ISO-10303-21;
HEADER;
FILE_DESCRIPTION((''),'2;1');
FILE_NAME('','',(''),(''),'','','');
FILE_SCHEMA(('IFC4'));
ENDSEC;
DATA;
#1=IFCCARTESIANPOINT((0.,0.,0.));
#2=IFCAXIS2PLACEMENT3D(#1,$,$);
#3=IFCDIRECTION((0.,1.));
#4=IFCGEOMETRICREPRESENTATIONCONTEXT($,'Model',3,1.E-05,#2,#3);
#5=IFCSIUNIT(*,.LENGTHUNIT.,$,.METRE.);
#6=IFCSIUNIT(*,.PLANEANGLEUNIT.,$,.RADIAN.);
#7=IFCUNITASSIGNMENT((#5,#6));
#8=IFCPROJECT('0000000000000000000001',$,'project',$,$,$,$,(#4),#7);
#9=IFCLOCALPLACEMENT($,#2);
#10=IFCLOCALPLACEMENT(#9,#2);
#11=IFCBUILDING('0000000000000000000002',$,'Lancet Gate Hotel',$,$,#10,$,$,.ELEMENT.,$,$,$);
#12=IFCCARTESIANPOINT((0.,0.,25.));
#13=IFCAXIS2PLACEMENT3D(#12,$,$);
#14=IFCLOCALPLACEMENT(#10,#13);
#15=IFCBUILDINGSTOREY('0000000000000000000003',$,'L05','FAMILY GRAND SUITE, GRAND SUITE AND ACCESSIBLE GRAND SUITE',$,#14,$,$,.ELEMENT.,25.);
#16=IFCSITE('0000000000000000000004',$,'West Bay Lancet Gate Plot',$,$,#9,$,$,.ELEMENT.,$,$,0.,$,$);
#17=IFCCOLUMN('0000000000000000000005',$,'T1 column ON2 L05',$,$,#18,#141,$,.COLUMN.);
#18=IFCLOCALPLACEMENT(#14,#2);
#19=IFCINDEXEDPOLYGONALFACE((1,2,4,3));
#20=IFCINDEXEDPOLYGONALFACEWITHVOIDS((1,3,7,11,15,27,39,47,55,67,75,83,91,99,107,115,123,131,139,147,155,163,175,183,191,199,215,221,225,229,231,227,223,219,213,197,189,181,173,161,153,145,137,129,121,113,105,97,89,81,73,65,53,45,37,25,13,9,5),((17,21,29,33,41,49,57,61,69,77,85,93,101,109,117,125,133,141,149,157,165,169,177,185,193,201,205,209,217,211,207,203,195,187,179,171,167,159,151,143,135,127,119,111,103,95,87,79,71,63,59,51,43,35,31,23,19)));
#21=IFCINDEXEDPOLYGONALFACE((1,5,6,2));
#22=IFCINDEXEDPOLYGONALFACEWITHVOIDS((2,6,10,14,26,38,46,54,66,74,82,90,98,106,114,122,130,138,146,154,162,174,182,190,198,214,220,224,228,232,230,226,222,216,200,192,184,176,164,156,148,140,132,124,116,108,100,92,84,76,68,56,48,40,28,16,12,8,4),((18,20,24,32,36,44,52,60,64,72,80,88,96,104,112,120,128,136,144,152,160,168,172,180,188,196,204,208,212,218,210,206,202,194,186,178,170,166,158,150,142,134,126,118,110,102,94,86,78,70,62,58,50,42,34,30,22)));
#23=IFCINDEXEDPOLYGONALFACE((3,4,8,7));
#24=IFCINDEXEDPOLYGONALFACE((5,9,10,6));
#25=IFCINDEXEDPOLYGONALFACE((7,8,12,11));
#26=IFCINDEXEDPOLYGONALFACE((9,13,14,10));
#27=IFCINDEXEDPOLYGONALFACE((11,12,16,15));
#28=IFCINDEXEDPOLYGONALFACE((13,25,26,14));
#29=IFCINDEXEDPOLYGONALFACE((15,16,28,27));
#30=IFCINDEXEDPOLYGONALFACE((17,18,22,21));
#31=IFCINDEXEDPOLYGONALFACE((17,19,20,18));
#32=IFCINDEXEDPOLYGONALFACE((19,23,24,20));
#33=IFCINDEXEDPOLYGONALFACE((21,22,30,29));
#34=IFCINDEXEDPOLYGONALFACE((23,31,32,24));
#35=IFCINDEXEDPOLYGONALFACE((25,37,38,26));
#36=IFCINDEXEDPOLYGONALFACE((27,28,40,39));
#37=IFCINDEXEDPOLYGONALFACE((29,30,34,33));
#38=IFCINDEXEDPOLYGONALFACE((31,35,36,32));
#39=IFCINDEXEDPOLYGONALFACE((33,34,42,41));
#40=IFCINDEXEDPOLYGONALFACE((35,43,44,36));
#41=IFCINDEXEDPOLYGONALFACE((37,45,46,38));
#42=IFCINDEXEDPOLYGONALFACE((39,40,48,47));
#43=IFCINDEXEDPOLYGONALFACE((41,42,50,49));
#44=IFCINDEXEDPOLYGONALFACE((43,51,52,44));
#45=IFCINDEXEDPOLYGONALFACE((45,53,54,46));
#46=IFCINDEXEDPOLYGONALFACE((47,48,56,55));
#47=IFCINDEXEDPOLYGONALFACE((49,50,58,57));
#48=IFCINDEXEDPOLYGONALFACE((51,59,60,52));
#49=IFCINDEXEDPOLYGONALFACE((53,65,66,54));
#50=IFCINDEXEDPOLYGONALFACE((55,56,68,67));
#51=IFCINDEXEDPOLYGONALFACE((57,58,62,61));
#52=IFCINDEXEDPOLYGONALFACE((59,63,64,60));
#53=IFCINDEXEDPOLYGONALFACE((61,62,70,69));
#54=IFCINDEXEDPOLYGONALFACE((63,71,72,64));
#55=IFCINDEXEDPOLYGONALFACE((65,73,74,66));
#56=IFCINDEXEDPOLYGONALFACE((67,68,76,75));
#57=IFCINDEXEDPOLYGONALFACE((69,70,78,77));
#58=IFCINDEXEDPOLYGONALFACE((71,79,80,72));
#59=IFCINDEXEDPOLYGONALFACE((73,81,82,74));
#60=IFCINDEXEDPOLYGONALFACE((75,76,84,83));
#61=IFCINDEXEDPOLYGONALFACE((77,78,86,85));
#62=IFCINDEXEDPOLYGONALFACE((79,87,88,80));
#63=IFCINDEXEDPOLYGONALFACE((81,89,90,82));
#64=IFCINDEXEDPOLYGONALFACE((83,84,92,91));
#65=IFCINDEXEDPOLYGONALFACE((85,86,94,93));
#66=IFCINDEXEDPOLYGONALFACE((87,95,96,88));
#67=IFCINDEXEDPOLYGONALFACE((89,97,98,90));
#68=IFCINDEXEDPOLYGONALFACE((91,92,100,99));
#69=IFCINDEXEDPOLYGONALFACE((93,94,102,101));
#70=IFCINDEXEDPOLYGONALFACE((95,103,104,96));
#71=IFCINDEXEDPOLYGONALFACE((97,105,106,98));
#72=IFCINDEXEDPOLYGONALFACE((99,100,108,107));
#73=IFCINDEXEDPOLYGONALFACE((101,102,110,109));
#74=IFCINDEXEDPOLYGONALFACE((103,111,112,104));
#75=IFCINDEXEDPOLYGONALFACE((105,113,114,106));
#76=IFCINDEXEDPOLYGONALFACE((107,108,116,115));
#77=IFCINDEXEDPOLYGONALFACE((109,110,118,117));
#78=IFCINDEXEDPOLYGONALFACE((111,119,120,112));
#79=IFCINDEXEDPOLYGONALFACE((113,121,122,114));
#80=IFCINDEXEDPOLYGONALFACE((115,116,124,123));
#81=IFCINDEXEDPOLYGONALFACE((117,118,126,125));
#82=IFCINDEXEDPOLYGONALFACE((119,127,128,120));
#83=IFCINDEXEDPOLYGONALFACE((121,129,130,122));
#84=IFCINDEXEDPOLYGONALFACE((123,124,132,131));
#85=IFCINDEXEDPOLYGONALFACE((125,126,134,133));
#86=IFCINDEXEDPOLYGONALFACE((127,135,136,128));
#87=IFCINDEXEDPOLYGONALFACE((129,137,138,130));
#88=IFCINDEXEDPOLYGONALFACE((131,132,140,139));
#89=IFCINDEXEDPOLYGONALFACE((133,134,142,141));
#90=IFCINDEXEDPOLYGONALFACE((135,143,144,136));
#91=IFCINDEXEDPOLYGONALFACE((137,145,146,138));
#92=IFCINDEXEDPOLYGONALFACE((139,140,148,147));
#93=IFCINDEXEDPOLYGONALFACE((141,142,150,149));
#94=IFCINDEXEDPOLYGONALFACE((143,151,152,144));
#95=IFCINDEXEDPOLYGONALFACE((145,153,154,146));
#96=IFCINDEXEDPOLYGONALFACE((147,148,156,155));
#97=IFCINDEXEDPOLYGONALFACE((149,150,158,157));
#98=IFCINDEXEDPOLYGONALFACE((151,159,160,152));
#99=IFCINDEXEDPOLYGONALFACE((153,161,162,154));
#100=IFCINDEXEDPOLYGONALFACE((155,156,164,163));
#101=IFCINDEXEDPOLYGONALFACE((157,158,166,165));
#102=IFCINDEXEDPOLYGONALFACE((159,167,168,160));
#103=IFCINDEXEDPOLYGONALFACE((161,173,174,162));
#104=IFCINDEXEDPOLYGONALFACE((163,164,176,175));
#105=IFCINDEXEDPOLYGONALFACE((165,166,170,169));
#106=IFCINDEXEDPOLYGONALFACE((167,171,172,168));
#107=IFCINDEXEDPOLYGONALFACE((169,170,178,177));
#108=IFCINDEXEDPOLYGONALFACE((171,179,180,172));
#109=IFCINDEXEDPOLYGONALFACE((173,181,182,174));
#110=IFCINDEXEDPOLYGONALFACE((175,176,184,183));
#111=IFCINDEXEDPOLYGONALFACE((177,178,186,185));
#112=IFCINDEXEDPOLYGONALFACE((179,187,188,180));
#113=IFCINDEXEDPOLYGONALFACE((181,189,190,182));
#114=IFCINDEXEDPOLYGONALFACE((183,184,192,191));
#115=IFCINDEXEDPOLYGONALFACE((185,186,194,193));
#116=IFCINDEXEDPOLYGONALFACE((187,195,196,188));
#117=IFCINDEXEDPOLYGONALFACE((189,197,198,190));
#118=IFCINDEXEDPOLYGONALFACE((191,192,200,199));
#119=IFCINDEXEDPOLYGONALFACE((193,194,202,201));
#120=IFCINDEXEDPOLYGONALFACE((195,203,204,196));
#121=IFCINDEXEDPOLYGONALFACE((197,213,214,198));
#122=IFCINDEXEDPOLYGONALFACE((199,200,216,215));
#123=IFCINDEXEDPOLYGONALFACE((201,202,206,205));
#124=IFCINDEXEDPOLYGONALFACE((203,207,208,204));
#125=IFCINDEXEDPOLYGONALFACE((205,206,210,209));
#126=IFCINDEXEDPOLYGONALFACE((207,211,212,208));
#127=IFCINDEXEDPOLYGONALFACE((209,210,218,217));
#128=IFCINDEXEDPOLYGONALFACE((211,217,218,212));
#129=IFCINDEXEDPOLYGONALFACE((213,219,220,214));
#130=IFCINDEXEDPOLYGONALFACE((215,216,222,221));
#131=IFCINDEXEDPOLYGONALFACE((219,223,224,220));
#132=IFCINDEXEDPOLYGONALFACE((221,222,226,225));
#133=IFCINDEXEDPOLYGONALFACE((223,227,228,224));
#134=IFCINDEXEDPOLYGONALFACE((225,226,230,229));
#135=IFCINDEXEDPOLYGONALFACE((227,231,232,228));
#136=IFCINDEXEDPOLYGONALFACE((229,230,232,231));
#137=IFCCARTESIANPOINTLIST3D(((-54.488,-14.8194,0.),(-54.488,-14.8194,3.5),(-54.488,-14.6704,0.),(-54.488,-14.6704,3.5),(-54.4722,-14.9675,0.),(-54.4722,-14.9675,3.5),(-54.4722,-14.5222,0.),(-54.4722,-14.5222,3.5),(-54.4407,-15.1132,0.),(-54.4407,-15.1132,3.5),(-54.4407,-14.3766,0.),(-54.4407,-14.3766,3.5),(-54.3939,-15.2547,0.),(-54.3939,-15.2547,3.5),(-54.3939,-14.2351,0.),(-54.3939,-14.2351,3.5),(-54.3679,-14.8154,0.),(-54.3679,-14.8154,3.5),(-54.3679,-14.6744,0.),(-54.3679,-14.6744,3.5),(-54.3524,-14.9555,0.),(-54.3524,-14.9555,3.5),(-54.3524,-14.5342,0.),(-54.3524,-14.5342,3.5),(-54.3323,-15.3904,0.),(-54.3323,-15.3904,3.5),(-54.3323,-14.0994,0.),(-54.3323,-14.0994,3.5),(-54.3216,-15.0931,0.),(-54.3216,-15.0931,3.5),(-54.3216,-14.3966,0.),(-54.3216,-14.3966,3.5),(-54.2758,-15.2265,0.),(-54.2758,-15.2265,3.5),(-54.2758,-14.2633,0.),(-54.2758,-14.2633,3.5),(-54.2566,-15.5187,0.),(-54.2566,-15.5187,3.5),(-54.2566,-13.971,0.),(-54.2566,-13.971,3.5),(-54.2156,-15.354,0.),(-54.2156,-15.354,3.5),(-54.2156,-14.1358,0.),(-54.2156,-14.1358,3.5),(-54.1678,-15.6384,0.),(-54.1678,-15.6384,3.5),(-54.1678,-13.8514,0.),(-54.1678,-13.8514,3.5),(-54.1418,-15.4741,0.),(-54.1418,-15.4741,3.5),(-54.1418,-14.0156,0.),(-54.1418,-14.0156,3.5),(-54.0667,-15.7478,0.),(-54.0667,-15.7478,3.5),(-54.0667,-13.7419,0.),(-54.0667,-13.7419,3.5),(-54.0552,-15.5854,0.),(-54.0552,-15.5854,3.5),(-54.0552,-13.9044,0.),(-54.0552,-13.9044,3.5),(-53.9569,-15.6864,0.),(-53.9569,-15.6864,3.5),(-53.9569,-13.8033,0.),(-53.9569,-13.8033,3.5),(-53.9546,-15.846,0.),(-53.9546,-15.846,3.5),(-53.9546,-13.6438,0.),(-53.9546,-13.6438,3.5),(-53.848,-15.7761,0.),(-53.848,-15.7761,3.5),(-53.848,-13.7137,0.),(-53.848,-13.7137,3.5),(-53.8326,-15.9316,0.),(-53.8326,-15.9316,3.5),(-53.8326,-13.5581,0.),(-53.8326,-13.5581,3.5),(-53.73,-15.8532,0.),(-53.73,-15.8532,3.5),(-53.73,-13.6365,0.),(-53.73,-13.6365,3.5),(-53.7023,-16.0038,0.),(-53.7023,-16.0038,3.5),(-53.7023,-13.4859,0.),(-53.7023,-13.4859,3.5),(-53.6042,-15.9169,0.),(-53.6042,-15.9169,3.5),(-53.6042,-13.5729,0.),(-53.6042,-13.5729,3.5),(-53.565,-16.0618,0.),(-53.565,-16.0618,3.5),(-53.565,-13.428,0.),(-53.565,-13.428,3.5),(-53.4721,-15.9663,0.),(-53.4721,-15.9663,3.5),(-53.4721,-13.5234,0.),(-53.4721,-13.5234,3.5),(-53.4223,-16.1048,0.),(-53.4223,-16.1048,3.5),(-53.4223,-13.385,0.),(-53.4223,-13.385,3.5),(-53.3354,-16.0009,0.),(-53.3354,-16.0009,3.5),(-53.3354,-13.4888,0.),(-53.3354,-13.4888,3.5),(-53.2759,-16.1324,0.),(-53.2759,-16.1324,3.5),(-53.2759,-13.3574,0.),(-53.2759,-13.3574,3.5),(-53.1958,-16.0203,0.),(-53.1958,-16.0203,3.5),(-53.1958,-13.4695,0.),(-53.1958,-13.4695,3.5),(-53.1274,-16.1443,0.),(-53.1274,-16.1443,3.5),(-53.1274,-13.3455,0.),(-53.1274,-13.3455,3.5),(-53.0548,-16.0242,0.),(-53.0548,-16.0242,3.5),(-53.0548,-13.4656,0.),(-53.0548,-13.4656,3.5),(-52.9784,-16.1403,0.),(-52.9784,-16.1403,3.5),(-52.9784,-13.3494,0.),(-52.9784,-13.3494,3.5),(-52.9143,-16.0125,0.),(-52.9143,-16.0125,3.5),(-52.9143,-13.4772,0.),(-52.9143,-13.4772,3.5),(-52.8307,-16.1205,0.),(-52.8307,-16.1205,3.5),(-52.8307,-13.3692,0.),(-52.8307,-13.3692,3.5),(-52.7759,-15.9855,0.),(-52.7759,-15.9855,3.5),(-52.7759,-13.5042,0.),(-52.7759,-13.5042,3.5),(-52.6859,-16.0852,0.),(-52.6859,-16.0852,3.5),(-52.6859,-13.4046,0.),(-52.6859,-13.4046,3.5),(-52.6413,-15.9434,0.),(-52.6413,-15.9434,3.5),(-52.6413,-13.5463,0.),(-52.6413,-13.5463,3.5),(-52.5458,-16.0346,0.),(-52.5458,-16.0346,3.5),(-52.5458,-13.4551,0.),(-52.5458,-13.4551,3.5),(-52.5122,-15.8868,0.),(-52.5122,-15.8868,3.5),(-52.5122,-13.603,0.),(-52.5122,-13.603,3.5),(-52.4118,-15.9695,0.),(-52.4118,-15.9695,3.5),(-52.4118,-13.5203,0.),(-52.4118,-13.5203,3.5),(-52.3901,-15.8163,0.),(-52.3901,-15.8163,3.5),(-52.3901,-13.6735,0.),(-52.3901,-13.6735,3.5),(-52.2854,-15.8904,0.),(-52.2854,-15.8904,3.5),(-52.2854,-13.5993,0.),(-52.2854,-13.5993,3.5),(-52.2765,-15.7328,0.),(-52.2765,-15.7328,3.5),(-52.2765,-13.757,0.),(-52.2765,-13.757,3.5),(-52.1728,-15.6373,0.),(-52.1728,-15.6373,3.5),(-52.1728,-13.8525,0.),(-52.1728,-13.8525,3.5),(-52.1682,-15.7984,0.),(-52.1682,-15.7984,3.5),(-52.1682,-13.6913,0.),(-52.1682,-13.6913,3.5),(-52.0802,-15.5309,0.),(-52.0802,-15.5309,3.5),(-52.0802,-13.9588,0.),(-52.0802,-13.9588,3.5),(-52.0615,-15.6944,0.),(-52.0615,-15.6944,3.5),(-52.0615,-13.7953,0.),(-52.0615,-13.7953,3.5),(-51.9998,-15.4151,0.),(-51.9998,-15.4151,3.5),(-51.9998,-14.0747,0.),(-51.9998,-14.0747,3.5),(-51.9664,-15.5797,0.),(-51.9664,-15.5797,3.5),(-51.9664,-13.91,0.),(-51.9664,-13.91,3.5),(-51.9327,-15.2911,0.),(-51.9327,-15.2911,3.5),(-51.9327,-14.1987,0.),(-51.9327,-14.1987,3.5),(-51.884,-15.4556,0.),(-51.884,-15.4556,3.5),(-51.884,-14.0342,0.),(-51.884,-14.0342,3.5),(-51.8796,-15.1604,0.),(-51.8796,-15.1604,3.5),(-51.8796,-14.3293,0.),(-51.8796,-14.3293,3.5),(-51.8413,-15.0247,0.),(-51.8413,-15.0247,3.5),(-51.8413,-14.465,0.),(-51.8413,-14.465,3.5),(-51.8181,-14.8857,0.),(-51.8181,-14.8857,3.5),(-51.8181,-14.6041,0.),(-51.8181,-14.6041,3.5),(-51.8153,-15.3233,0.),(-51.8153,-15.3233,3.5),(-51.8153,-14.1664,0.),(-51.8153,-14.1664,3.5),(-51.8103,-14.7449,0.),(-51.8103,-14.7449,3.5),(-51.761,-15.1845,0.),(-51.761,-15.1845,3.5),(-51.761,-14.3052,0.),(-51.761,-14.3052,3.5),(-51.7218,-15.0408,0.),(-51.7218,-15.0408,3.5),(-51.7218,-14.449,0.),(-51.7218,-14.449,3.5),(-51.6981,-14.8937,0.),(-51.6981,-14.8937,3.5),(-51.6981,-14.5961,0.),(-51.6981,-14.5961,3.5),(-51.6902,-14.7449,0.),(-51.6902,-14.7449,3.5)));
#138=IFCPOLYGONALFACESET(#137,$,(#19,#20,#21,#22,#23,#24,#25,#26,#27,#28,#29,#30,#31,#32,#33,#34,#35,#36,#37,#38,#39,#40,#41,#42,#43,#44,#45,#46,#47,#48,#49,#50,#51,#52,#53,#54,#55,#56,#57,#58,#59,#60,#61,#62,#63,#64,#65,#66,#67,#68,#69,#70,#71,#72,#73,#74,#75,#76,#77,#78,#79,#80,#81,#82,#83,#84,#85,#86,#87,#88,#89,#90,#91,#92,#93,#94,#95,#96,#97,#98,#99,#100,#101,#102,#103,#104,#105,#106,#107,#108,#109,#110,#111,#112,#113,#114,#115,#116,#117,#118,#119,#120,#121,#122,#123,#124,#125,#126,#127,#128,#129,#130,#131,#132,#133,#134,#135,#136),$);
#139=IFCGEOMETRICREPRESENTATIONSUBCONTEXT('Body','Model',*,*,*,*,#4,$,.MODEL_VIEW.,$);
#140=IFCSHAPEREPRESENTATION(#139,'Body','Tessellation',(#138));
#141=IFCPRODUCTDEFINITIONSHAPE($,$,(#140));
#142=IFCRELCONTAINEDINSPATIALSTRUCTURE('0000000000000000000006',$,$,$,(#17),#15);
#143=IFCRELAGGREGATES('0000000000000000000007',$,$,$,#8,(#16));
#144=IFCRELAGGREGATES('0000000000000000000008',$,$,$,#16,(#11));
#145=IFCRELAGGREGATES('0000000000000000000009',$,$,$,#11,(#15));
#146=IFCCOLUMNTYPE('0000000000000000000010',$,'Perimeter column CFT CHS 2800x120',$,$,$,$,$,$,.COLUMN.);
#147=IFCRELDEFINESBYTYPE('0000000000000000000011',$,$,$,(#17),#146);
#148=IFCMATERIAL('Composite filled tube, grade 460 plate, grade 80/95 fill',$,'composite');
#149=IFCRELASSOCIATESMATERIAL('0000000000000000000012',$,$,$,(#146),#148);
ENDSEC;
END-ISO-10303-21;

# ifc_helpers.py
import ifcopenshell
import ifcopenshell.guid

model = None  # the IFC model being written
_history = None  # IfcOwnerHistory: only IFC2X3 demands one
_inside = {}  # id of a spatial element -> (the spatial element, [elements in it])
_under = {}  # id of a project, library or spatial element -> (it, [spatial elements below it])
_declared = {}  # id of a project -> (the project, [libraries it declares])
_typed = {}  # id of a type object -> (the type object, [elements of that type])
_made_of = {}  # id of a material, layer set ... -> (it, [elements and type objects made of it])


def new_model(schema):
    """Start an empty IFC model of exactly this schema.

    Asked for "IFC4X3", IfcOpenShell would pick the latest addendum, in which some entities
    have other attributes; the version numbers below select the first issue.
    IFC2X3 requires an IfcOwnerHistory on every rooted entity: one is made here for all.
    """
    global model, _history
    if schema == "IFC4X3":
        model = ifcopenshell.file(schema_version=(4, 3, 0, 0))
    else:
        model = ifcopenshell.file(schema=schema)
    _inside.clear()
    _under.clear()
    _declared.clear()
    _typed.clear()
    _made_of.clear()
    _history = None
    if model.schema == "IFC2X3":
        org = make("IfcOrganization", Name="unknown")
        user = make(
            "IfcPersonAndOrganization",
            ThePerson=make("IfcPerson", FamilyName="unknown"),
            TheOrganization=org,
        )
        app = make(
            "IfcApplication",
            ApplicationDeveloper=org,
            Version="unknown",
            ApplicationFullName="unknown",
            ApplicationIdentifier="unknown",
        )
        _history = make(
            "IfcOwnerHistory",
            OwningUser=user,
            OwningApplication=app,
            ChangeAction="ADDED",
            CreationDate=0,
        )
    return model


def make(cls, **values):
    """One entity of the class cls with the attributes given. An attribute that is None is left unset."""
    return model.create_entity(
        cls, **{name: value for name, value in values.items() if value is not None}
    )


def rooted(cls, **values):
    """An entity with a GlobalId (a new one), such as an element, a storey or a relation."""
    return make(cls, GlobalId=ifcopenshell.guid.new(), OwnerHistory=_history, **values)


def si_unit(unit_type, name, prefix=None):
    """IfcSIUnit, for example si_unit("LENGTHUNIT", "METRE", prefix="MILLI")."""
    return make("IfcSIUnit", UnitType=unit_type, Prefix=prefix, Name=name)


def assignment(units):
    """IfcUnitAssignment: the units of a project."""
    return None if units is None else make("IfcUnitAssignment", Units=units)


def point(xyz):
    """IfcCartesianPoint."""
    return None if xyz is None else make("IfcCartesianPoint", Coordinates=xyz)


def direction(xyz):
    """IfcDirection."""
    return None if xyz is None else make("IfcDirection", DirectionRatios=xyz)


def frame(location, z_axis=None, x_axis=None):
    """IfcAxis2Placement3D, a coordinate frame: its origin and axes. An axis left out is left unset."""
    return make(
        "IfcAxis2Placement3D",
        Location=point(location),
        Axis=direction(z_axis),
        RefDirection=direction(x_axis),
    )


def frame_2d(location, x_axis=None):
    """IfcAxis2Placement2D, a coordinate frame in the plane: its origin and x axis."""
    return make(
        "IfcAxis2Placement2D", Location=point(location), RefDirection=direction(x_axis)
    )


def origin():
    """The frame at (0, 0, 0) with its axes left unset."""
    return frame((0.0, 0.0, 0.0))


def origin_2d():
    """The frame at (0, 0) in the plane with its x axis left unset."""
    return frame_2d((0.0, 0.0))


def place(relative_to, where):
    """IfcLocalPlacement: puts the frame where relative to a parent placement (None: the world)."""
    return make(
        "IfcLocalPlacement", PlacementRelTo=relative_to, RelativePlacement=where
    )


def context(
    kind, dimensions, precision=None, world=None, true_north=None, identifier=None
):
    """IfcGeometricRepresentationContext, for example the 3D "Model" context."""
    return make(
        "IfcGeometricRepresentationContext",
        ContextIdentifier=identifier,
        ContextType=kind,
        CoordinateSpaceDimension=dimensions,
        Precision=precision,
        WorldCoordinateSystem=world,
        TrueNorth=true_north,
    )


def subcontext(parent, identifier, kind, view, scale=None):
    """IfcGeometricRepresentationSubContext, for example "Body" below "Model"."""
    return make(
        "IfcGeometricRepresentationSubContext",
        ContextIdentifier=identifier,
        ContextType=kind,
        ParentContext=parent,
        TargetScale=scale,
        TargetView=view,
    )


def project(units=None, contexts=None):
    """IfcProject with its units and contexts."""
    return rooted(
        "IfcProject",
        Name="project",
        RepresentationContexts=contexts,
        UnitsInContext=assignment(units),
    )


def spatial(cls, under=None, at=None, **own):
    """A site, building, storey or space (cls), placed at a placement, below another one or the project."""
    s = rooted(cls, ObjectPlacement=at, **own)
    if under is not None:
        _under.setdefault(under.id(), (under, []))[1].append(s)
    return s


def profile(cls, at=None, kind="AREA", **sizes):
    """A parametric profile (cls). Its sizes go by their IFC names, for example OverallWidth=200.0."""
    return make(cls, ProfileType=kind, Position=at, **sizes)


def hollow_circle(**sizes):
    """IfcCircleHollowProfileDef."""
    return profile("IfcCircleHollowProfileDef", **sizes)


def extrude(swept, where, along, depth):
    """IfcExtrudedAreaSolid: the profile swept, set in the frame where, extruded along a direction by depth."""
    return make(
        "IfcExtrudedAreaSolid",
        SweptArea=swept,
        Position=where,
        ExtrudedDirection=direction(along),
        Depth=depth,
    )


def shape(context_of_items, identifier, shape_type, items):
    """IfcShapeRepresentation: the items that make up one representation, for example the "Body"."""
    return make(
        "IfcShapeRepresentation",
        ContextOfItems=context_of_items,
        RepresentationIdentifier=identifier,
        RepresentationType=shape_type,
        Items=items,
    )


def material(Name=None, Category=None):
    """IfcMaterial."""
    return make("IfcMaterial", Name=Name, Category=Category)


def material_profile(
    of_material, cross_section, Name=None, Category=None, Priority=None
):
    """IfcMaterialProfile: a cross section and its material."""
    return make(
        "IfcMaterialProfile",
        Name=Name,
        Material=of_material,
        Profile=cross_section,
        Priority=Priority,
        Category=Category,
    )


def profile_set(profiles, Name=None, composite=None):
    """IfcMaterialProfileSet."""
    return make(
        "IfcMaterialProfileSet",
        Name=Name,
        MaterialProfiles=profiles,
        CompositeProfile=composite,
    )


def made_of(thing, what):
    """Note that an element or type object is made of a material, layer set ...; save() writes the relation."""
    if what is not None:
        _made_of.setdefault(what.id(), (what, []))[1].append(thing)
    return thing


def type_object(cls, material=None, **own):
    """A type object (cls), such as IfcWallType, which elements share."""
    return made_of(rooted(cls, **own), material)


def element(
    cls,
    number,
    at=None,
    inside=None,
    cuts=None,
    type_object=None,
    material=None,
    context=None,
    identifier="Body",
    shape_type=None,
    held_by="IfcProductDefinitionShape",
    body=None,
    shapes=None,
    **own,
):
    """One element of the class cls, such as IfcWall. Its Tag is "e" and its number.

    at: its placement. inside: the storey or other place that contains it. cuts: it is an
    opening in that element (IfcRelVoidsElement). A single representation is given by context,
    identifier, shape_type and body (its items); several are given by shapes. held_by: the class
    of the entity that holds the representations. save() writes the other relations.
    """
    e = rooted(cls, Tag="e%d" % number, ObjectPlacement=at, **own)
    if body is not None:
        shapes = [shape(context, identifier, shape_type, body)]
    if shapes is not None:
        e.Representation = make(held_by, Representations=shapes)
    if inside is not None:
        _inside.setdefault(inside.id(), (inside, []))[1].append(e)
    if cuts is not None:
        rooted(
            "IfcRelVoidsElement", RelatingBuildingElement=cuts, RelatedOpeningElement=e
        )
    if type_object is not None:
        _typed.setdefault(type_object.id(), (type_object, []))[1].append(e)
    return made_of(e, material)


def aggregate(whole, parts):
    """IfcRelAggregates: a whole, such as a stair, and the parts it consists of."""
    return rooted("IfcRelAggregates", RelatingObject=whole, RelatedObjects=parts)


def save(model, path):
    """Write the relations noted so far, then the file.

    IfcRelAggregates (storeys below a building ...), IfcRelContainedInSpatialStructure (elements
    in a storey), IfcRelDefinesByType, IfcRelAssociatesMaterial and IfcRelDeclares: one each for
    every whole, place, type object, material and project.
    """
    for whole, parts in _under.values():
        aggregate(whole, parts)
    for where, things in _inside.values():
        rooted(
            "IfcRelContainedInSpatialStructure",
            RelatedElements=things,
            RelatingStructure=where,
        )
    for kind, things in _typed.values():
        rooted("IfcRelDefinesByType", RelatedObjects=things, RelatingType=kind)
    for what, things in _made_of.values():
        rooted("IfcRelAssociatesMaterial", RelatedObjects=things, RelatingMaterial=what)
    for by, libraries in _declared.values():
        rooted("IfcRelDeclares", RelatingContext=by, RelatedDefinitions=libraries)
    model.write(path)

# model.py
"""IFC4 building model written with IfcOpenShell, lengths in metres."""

from ifc_helpers import new_model, si_unit, direction, frame, origin, origin_2d, place, context, subcontext, project, spatial, hollow_circle, extrude, material, material_profile, profile_set, type_object, element, save


model = new_model("IFC4")

# Units and contexts
model_context = context("Model", 3, precision=1e-05, world=origin(), true_north=direction((0.0, 1.0)))
body_context = subcontext(model_context, "Body", "Model", "MODEL_VIEW")
ifc_project = project(units=[si_unit("LENGTHUNIT", "METRE"), si_unit("PLANEANGLEUNIT", "RADIAN")], contexts=[model_context])

# Site, building, storey
site_placement = place(None, origin())
site = spatial("IfcSite", under=ifc_project, at=site_placement, Name="West Bay Lancet Gate Plot", CompositionType="ELEMENT", RefElevation=0.0)
building_placement = place(site_placement, origin())
building = spatial("IfcBuilding", under=site, at=building_placement, Name="Lancet Gate Hotel", CompositionType="ELEMENT")
storey_placement = place(building_placement, frame((0.0, 0.0, 25.0)))
storey = spatial("IfcBuildingStorey", under=building, at=storey_placement, Name="L05", Description="FAMILY GRAND SUITE, GRAND SUITE AND ACCESSIBLE GRAND SUITE", CompositionType="ELEMENT", Elevation=25.0)

# Column
ifc_material_1 = material(Name="Composite filled tube, grade 460 plate, grade 80/95 fill", Category="composite")
ifc_material_profile_1 = material_profile(ifc_material_1, hollow_circle(Radius=1.3999, WallThickness=0.1201, at=origin_2d()), Name="CHS 2800x120")
ifc_profile_set_1 = profile_set([ifc_material_profile_1], Name="Composite filled tube, grade 460 plate, grade 80/95 fill")
column_type = type_object("IfcColumnType", Name="Perimeter column CFT CHS 2800x120", PredefinedType="COLUMN", material=ifc_profile_set_1)
for number, where, z_axis, x_axis, name in (
    (1, (-53.0901, -14.7449, 0.0), (0.0, 0.0, 1.0), (1.0, 0.0, 0.0), "T1 column ON2 L05"),
):
    element("IfcColumn", number, at=place(storey_placement, frame(where, z_axis=z_axis, x_axis=x_axis)), inside=storey, type_object=column_type, Name=name, PredefinedType="COLUMN", context=body_context, shape_type="SweptSolid", body=[
        extrude(hollow_circle(Radius=1.3999, WallThickness=0.1201, at=origin_2d()), origin(), (0.0, 0.0, 1.0), 3.5),
    ])

save(model, "model.ifc")
